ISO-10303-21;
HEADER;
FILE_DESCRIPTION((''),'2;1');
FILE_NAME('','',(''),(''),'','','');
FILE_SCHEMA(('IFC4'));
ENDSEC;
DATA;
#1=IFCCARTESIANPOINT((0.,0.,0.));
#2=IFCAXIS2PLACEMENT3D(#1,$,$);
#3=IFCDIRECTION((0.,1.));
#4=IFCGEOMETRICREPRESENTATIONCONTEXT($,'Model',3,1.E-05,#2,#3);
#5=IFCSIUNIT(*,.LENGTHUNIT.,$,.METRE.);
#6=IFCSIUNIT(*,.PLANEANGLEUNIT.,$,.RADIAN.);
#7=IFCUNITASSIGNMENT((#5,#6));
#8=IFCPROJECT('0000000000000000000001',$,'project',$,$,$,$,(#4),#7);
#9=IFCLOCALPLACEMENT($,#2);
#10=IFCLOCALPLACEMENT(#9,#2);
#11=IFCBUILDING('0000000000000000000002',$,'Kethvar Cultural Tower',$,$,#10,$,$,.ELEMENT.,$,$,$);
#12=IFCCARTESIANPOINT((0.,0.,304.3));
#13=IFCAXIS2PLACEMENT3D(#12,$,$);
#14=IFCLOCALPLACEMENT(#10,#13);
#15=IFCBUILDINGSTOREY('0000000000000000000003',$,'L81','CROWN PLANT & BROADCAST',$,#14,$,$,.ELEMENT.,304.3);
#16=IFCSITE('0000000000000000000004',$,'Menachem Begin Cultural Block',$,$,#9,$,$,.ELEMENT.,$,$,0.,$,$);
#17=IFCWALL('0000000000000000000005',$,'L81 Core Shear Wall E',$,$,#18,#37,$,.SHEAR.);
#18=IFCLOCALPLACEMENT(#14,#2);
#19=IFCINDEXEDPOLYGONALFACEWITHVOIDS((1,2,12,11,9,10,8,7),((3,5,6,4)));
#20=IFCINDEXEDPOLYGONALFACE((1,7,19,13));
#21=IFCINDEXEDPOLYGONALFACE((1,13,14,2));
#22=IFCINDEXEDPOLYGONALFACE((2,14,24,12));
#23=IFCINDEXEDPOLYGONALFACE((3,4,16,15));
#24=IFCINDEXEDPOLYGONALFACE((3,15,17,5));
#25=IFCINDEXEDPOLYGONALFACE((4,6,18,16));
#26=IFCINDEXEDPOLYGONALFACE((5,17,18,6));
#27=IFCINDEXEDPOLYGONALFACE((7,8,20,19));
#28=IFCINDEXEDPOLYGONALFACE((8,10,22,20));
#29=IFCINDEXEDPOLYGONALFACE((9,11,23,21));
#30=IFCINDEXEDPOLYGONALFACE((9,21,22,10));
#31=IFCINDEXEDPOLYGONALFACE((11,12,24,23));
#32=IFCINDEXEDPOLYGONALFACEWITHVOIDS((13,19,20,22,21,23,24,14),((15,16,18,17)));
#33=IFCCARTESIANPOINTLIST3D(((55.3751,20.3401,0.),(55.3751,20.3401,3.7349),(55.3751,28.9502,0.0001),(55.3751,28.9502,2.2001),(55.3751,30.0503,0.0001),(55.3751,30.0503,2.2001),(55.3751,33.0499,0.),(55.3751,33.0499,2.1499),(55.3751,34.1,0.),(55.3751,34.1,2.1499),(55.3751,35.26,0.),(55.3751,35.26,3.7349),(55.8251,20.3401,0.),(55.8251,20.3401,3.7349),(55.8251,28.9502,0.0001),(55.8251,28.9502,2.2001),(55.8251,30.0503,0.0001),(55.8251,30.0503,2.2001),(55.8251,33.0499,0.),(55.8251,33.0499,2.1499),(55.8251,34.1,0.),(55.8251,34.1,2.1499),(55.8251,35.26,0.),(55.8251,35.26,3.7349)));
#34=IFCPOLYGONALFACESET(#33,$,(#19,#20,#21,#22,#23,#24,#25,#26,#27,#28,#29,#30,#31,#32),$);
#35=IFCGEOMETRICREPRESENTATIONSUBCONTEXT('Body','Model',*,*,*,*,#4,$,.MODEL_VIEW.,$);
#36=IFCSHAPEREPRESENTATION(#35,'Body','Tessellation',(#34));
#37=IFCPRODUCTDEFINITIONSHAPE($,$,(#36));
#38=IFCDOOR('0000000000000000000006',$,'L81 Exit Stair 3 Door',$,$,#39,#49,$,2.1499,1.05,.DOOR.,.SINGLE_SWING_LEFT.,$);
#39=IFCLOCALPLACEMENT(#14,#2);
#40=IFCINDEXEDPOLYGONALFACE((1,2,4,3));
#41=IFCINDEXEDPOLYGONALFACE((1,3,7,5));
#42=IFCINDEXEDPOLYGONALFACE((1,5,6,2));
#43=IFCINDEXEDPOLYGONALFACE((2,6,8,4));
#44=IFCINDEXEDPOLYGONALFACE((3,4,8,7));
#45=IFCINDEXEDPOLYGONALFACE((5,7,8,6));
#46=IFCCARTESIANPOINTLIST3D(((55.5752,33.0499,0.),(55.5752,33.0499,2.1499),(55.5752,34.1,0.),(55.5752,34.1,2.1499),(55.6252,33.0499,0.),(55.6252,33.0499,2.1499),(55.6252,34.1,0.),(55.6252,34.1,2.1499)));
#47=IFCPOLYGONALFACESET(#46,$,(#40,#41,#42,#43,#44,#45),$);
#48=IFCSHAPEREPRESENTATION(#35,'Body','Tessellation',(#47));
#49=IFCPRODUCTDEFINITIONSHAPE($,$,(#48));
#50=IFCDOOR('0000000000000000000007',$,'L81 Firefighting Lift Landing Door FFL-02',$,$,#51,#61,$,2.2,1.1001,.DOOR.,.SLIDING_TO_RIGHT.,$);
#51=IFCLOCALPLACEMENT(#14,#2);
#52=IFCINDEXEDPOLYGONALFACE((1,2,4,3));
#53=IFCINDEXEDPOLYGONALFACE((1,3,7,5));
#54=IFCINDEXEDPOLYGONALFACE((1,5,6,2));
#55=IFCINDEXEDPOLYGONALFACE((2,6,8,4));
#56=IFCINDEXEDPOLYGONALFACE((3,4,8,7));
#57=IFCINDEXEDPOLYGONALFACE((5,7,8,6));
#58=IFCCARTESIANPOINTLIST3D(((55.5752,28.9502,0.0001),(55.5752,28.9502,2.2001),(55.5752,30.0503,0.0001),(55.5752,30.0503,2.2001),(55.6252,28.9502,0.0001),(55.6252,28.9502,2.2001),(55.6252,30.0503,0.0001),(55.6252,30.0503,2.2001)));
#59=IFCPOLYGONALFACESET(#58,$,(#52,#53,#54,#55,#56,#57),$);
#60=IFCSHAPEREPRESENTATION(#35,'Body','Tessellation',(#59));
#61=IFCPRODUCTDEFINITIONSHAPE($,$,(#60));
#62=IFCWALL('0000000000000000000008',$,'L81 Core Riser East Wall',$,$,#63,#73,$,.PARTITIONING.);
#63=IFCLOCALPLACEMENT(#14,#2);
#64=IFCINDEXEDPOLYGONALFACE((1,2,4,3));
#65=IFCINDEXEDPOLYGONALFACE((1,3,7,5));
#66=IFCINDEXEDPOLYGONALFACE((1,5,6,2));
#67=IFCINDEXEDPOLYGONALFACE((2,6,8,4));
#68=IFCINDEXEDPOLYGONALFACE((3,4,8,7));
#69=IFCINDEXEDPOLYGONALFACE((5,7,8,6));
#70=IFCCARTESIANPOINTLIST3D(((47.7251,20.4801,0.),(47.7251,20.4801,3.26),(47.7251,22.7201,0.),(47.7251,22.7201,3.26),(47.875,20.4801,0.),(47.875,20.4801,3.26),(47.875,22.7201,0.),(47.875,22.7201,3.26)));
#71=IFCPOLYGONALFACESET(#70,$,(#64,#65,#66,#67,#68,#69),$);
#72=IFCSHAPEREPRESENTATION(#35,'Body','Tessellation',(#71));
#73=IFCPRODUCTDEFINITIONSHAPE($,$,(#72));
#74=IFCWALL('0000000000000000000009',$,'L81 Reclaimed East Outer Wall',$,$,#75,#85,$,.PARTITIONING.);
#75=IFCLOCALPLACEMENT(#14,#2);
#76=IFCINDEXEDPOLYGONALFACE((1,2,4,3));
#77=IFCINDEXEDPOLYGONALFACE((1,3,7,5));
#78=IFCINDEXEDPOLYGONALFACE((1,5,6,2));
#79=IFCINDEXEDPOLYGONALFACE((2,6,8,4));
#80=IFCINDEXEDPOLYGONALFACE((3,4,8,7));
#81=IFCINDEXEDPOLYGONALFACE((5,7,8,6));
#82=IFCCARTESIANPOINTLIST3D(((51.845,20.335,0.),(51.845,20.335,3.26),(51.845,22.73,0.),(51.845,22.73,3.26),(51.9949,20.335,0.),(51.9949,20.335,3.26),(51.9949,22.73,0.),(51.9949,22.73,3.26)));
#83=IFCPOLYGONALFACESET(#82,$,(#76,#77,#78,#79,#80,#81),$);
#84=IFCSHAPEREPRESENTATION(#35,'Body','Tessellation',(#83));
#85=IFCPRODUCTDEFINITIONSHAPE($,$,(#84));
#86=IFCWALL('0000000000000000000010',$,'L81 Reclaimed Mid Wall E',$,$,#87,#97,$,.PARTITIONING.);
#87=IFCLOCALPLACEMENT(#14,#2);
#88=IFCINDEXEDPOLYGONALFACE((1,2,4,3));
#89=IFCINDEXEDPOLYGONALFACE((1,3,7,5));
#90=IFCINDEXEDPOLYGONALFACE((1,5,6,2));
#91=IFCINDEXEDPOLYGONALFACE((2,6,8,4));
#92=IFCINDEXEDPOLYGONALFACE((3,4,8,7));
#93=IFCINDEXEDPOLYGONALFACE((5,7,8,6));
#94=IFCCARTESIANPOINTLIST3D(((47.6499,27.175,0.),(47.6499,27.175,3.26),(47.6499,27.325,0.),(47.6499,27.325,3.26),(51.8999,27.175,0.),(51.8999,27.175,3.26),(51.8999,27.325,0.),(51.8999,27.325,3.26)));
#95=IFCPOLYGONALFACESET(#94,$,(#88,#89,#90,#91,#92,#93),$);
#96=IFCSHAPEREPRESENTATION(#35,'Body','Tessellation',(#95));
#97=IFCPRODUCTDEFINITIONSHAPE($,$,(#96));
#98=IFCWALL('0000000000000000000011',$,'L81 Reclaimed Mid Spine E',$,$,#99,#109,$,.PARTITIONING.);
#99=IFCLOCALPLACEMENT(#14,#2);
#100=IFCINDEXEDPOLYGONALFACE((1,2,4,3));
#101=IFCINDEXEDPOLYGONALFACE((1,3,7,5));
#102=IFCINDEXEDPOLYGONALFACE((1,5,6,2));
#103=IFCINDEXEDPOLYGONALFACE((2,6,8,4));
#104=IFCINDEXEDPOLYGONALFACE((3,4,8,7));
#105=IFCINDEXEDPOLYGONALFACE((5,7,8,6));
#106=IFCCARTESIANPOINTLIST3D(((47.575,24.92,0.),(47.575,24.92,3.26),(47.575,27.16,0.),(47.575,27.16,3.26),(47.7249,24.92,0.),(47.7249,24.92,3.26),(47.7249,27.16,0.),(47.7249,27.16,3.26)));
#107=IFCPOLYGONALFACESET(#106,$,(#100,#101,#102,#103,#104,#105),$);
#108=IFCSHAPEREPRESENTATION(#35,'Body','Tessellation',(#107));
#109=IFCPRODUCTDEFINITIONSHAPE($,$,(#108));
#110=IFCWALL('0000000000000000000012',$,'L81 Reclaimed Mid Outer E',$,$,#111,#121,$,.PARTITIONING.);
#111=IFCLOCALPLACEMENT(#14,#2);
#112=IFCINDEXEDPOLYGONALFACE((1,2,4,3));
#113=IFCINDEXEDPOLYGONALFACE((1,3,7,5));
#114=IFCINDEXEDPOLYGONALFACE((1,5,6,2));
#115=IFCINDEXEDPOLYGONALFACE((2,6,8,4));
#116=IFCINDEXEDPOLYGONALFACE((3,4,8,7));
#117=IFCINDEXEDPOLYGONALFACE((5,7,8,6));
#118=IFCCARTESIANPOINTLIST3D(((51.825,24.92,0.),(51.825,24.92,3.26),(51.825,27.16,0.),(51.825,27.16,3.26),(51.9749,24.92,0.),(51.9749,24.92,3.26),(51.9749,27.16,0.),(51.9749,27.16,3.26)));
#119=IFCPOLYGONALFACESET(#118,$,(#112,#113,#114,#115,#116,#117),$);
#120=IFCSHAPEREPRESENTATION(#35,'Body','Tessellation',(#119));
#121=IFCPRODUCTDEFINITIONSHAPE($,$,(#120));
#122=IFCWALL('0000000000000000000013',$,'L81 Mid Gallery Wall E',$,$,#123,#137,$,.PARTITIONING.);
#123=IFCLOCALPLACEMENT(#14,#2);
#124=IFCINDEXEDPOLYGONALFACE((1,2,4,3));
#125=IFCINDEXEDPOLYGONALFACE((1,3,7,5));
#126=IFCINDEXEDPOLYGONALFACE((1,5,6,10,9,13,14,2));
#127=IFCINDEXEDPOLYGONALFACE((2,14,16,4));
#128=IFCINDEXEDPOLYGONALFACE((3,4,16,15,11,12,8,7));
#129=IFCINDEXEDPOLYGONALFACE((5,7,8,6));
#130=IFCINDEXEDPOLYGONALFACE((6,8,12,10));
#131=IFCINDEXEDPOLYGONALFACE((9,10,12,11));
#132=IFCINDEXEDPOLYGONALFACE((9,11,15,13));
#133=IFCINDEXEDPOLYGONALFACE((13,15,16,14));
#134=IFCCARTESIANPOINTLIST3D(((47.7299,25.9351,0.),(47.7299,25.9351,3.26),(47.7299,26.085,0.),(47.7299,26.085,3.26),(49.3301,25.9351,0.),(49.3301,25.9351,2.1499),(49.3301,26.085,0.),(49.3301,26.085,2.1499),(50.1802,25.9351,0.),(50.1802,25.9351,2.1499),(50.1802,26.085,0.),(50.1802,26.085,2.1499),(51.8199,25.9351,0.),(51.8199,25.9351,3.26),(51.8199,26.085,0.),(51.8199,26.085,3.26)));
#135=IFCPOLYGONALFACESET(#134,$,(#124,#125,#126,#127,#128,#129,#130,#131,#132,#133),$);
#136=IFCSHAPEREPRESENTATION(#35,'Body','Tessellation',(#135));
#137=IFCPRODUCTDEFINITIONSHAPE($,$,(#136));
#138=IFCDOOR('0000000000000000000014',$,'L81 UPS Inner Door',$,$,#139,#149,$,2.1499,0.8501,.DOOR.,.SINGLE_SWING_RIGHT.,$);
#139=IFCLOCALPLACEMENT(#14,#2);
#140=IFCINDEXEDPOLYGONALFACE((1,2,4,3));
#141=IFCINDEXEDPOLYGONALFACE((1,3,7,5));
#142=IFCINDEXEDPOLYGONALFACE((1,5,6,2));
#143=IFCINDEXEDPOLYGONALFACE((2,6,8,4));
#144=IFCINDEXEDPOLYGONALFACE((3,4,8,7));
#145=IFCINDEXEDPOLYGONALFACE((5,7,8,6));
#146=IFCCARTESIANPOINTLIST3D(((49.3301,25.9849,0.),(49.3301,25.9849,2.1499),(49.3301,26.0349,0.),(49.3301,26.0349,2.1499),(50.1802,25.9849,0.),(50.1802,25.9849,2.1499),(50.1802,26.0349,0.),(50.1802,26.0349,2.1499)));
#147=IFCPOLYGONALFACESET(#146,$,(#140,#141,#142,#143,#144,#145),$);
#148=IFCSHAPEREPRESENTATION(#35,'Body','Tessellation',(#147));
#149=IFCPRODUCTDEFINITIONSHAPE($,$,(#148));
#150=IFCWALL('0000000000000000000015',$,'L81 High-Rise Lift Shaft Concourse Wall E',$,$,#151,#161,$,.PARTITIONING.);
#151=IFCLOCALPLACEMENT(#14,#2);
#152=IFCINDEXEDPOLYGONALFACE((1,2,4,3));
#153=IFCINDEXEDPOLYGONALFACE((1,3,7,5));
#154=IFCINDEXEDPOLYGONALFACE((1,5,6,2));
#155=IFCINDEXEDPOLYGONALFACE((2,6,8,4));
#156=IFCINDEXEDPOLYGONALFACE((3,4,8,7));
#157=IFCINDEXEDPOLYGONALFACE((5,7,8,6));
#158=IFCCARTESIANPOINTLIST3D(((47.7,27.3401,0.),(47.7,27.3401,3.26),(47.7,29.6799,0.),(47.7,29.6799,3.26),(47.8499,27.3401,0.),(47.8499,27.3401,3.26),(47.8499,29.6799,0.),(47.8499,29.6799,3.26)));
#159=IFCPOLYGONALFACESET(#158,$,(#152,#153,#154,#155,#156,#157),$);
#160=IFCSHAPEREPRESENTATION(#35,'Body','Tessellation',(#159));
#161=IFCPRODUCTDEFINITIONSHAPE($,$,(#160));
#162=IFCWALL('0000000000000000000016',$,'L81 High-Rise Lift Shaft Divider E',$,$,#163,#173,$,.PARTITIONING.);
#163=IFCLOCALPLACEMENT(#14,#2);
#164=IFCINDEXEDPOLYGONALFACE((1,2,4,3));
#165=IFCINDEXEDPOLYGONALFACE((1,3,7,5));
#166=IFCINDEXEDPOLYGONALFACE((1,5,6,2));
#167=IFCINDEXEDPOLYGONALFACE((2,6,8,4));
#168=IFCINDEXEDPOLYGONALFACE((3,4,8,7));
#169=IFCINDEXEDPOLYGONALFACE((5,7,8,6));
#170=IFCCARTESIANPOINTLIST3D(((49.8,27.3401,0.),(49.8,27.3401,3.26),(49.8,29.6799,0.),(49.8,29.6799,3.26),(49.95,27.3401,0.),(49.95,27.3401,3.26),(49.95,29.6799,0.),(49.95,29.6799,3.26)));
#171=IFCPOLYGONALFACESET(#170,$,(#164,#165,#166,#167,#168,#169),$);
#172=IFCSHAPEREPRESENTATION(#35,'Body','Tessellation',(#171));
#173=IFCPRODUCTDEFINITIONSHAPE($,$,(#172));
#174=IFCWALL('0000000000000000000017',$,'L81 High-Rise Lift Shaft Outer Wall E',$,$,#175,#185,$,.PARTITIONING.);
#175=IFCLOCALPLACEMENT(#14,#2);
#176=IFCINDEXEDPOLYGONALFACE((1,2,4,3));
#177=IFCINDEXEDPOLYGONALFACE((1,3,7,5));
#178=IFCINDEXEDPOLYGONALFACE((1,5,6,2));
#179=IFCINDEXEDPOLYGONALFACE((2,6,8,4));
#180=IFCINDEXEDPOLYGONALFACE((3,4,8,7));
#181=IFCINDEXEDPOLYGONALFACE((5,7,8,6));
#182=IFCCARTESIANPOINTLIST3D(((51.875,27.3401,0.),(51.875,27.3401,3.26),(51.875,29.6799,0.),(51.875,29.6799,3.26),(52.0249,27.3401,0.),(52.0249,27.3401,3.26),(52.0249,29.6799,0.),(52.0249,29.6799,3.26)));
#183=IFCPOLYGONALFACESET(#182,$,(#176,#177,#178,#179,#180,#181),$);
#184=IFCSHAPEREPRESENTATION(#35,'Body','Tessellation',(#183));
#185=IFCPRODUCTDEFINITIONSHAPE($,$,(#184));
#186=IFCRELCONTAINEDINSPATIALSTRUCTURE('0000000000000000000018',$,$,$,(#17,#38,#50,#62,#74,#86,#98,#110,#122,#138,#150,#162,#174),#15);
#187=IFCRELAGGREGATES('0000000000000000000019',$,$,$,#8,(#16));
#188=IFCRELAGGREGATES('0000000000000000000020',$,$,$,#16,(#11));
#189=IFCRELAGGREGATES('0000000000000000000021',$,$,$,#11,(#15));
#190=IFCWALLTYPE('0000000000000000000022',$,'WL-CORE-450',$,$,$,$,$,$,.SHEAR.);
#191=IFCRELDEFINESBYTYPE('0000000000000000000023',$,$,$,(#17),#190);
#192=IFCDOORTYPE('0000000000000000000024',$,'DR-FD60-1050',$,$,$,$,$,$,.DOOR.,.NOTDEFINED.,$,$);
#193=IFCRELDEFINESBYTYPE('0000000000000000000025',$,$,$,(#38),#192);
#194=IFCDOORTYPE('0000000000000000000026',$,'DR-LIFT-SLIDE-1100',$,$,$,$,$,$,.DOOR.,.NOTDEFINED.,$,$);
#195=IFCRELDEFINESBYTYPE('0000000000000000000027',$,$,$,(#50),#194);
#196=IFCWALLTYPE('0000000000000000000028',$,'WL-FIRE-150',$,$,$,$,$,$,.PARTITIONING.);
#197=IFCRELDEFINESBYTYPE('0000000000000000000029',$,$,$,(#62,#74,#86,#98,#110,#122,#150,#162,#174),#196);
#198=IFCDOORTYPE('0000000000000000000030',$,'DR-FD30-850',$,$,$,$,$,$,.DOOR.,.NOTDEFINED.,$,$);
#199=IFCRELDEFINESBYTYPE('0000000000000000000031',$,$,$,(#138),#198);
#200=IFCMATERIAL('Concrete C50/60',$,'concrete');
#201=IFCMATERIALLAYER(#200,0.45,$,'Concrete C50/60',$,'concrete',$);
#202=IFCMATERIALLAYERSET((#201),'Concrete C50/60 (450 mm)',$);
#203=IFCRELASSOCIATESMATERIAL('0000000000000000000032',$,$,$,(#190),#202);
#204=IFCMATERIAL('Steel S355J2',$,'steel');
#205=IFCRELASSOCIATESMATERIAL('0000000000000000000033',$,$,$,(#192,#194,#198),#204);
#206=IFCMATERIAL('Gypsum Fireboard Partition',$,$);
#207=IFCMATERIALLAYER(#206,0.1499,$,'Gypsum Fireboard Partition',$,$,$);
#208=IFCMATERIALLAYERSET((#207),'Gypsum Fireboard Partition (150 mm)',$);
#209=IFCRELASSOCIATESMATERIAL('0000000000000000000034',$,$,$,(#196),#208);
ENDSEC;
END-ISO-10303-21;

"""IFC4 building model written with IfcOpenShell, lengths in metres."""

from ifc_helpers import new_model, si_unit, direction, frame, frame_2d, origin, place, context, subcontext, project, spatial, rectangle, extrude, source, transform, mapped, material, layer, layer_set, type_object, element, fill, save


model = new_model("IFC4")

# Units and contexts
model_context = context("Model", 3, precision=1e-05, world=origin(), true_north=direction((0.0, 1.0)))
body_context = subcontext(model_context, "Body", "Model", "MODEL_VIEW")
ifc_project = project(units=[si_unit("LENGTHUNIT", "METRE"), si_unit("PLANEANGLEUNIT", "RADIAN")], contexts=[model_context])

# Site, building, storey
site_placement = place(None, origin())
site = spatial("IfcSite", under=ifc_project, at=site_placement, Name="Menachem Begin Cultural Block", CompositionType="ELEMENT", RefElevation=0.0)
building_placement = place(site_placement, origin())
building = spatial("IfcBuilding", under=site, at=building_placement, Name="Kethvar Cultural Tower", CompositionType="ELEMENT")
storey_placement = place(building_placement, frame((0.0, 0.0, 304.3)))
storey = spatial("IfcBuildingStorey", under=building, at=storey_placement, Name="L81", Description="CROWN PLANT & BROADCAST", CompositionType="ELEMENT", Elevation=304.3)

# Wall, openings, doors
ifc_material_1 = material(Name="Concrete C50/60", Category="concrete")
ifc_layer_1 = layer(ifc_material_1, 0.45, Name="Concrete C50/60", Category="concrete")
ifc_layer_set_1 = layer_set([ifc_layer_1], Name="Concrete C50/60 (450 mm)")
wall_type_1 = type_object("IfcWallType", Name="WL-CORE-450", PredefinedType="SHEAR", material=ifc_layer_set_1)
wall_1_placement = place(storey_placement, frame((55.6001, 20.3401, 0.0), z_axis=(0.0, 0.0, 1.0), x_axis=(0.0, 1.0, 0.0)))
wall_1 = element("IfcWall", 1, at=wall_1_placement, inside=storey, type_object=wall_type_1, Name="L81 Core Shear Wall E", PredefinedType="SHEAR", context=body_context, shape_type="SweptSolid", body=[
    extrude(rectangle(XDim=14.9199, YDim=0.45, at=frame_2d((7.46, 0.0))), origin(), (0.0, 0.0, 1.0), 3.7349),
])
opening_1_placement = place(wall_1_placement, frame((12.71, 0.0, 0.0)))
opening_1 = element("IfcOpeningElement", 2, at=opening_1_placement, cuts=wall_1, PredefinedType="OPENING", context=body_context, shape_type="SweptSolid", body=[
    extrude(rectangle(XDim=1.05, YDim=2.1499, at=frame_2d((0.5249, 1.075))), frame((0.0, 0.2349, 0.0), z_axis=(0.0, -1.0, 0.0), x_axis=(1.0, 0.0, 0.0)), (0.0, 0.0, 1.0), 0.47),
])
opening_2_placement = place(wall_1_placement, frame((8.6101, 0.0, 0.0)))
opening_2 = element("IfcOpeningElement", 3, at=opening_2_placement, cuts=wall_1, PredefinedType="OPENING", context=body_context, shape_type="SweptSolid", body=[
    extrude(rectangle(XDim=1.1001, YDim=2.2, at=frame_2d((0.55, 1.1001))), frame((0.0, 0.2349, 0.0), z_axis=(0.0, -1.0, 0.0), x_axis=(1.0, 0.0, 0.0)), (0.0, 0.0, 1.0), 0.47),
])
ifc_material_2 = material(Name="Steel S355J2", Category="steel")
door_type_1 = type_object("IfcDoorType", Name="DR-FD60-1050", OperationType="NOTDEFINED", PredefinedType="DOOR", material=ifc_material_2)
shared_shape_1 = source(origin(), body_context, "Body", "SweptSolid", [
    extrude(rectangle(XDim=1.05, YDim=2.1499, at=frame_2d((0.5249, 1.075))), frame((0.0, 0.0249, 0.0), z_axis=(0.0, -1.0, 0.0), x_axis=(1.0, 0.0, 0.0)), (0.0, 0.0, 1.0), 0.05),
])
door_1_placement = place(opening_1_placement, origin())
door_1 = element("IfcDoor", 4, at=door_1_placement, inside=storey, type_object=door_type_1, Name="L81 Exit Stair 3 Door", OperationType="SINGLE_SWING_LEFT", OverallHeight=2.1499, OverallWidth=1.05, PredefinedType="DOOR", context=body_context, shape_type="MappedRepresentation", body=[
    mapped(shared_shape_1, transform((0.0, 0.0, 0.0), scale=1.0)),
])
fill(opening_1, door_1)
door_type_2 = type_object("IfcDoorType", Name="DR-LIFT-SLIDE-1100", OperationType="NOTDEFINED", PredefinedType="DOOR", material=ifc_material_2)
shared_shape_2 = source(origin(), body_context, "Body", "SweptSolid", [
    extrude(rectangle(XDim=1.1001, YDim=2.2, at=frame_2d((0.55, 1.1001))), frame((0.0, 0.0249, 0.0), z_axis=(0.0, -1.0, 0.0), x_axis=(1.0, 0.0, 0.0)), (0.0, 0.0, 1.0), 0.05),
])
door_2_placement = place(opening_2_placement, origin())
door_2 = element("IfcDoor", 5, at=door_2_placement, inside=storey, type_object=door_type_2, Name="L81 Firefighting Lift Landing Door FFL-02", OperationType="SLIDING_TO_RIGHT", OverallHeight=2.2, OverallWidth=1.1001, PredefinedType="DOOR", context=body_context, shape_type="MappedRepresentation", body=[
    mapped(shared_shape_2, transform((0.0, 0.0, 0.0), scale=1.0)),
])
fill(opening_2, door_2)

# Walls
ifc_material_3 = material(Name="Gypsum Fireboard Partition")
ifc_layer_2 = layer(ifc_material_3, 0.1499, Name="Gypsum Fireboard Partition")
ifc_layer_set_2 = layer_set([ifc_layer_2], Name="Gypsum Fireboard Partition (150 mm)")
wall_type_2 = type_object("IfcWallType", Name="WL-FIRE-150", PredefinedType="PARTITIONING", material=ifc_layer_set_2)
wall_2_placement = place(storey_placement, frame((47.8, 20.48, 0.0), z_axis=(0.0, 0.0, 1.0), x_axis=(0.0, 1.0, 0.0)))
element("IfcWall", 6, at=wall_2_placement, inside=storey, type_object=wall_type_2, Name="L81 Core Riser East Wall", PredefinedType="PARTITIONING", context=body_context, shape_type="SweptSolid", body=[
    extrude(rectangle(XDim=2.24, YDim=0.1499, at=frame_2d((1.1201, 0.0))), origin(), (0.0, 0.0, 1.0), 3.26),
])
wall_3_placement = place(storey_placement, frame((51.9199, 20.335, 0.0), z_axis=(0.0, 0.0, 1.0), x_axis=(0.0, 1.0, 0.0)))
element("IfcWall", 7, at=wall_3_placement, inside=storey, type_object=wall_type_2, Name="L81 Reclaimed East Outer Wall", PredefinedType="PARTITIONING", context=body_context, shape_type="SweptSolid", body=[
    extrude(rectangle(XDim=2.395, YDim=0.1499, at=frame_2d((1.1975, 0.0))), origin(), (0.0, 0.0, 1.0), 3.26),
])

# Shared definitions
door_type_3 = type_object("IfcDoorType", Name="DR-FD30-850", OperationType="NOTDEFINED", PredefinedType="DOOR", material=ifc_material_2)
shared_shape_3 = source(origin(), body_context, "Body", "SweptSolid", [
    extrude(rectangle(XDim=0.8501, YDim=2.1499, at=frame_2d((0.425, 1.075))), frame((0.0, 0.0249, 0.0), z_axis=(0.0, -1.0, 0.0), x_axis=(1.0, 0.0, 0.0)), (0.0, 0.0, 1.0), 0.05),
])

# Walls
wall_4_placement = place(storey_placement, frame((47.6499, 27.25, 0.0), z_axis=(0.0, 0.0, 1.0), x_axis=(1.0, 0.0, 0.0)))
element("IfcWall", 8, at=wall_4_placement, inside=storey, type_object=wall_type_2, Name="L81 Reclaimed Mid Wall E", PredefinedType="PARTITIONING", context=body_context, shape_type="SweptSolid", body=[
    extrude(rectangle(XDim=4.25, YDim=0.1499, at=frame_2d((2.125, 0.0))), origin(), (0.0, 0.0, 1.0), 3.26),
])
for number, where, z_axis, x_axis, name in (
    (9, (47.6499, 24.9199, 0.0), (0.0, 0.0, 1.0), (0.0, 1.0, 0.0), "L81 Reclaimed Mid Spine E"),
    (10, (51.8999, 24.9199, 0.0), (0.0, 0.0, 1.0), (0.0, 1.0, 0.0), "L81 Reclaimed Mid Outer E"),
):
    element("IfcWall", number, at=place(storey_placement, frame(where, z_axis=z_axis, x_axis=x_axis)), inside=storey, type_object=wall_type_2, Name=name, PredefinedType="PARTITIONING", context=body_context, shape_type="SweptSolid", body=[
        extrude(rectangle(XDim=2.24, YDim=0.1499, at=frame_2d((1.1201, 0.0))), origin(), (0.0, 0.0, 1.0), 3.26),
    ])

# Wall, opening, door
wall_5_placement = place(storey_placement, frame((47.73, 26.01, 0.0), z_axis=(0.0, 0.0, 1.0), x_axis=(1.0, 0.0, 0.0)))
wall_5 = element("IfcWall", 11, at=wall_5_placement, inside=storey, type_object=wall_type_2, Name="L81 Mid Gallery Wall E", PredefinedType="PARTITIONING", context=body_context, shape_type="SweptSolid", body=[
    extrude(rectangle(XDim=4.0901, YDim=0.1499, at=frame_2d((2.0449, 0.0))), origin(), (0.0, 0.0, 1.0), 3.26),
])
opening_3_placement = place(wall_5_placement, frame((1.6001, 0.0, 0.0)))
opening_3 = element("IfcOpeningElement", 12, at=opening_3_placement, cuts=wall_5, PredefinedType="OPENING", context=body_context, shape_type="SweptSolid", body=[
    extrude(rectangle(XDim=0.8501, YDim=2.1499, at=frame_2d((0.425, 1.075))), frame((0.0, 0.085, 0.0), z_axis=(0.0, -1.0, 0.0), x_axis=(1.0, 0.0, 0.0)), (0.0, 0.0, 1.0), 0.1699),
])
door_3_placement = place(opening_3_placement, origin())
door_3 = element("IfcDoor", 13, at=door_3_placement, inside=storey, type_object=door_type_3, Name="L81 UPS Inner Door", OperationType="SINGLE_SWING_RIGHT", OverallHeight=2.1499, OverallWidth=0.8501, PredefinedType="DOOR", context=body_context, shape_type="MappedRepresentation", body=[
    mapped(shared_shape_3, transform((0.0, 0.0, 0.0), scale=1.0)),
])
fill(opening_3, door_3)

# Walls
for number, where, z_axis, x_axis, name in (
    (14, (47.7749, 27.3401, 0.0), (0.0, 0.0, 1.0), (0.0, 1.0, 0.0), "L81 High-Rise Lift Shaft Concourse Wall E"),
    (15, (49.875, 27.3401, 0.0), (0.0, 0.0, 1.0), (0.0, 1.0, 0.0), "L81 High-Rise Lift Shaft Divider E"),
    (16, (51.95, 27.3401, 0.0), (0.0, 0.0, 1.0), (0.0, 1.0, 0.0), "L81 High-Rise Lift Shaft Outer Wall E"),
):
    element("IfcWall", number, at=place(storey_placement, frame(where, z_axis=z_axis, x_axis=x_axis)), inside=storey, type_object=wall_type_2, Name=name, PredefinedType="PARTITIONING", context=body_context, shape_type="SweptSolid", body=[
        extrude(rectangle(XDim=2.3398, YDim=0.1499, at=frame_2d((1.1699, 0.0))), origin(), (0.0, 0.0, 1.0), 3.26),
    ])

save(model, "model.ifc")
